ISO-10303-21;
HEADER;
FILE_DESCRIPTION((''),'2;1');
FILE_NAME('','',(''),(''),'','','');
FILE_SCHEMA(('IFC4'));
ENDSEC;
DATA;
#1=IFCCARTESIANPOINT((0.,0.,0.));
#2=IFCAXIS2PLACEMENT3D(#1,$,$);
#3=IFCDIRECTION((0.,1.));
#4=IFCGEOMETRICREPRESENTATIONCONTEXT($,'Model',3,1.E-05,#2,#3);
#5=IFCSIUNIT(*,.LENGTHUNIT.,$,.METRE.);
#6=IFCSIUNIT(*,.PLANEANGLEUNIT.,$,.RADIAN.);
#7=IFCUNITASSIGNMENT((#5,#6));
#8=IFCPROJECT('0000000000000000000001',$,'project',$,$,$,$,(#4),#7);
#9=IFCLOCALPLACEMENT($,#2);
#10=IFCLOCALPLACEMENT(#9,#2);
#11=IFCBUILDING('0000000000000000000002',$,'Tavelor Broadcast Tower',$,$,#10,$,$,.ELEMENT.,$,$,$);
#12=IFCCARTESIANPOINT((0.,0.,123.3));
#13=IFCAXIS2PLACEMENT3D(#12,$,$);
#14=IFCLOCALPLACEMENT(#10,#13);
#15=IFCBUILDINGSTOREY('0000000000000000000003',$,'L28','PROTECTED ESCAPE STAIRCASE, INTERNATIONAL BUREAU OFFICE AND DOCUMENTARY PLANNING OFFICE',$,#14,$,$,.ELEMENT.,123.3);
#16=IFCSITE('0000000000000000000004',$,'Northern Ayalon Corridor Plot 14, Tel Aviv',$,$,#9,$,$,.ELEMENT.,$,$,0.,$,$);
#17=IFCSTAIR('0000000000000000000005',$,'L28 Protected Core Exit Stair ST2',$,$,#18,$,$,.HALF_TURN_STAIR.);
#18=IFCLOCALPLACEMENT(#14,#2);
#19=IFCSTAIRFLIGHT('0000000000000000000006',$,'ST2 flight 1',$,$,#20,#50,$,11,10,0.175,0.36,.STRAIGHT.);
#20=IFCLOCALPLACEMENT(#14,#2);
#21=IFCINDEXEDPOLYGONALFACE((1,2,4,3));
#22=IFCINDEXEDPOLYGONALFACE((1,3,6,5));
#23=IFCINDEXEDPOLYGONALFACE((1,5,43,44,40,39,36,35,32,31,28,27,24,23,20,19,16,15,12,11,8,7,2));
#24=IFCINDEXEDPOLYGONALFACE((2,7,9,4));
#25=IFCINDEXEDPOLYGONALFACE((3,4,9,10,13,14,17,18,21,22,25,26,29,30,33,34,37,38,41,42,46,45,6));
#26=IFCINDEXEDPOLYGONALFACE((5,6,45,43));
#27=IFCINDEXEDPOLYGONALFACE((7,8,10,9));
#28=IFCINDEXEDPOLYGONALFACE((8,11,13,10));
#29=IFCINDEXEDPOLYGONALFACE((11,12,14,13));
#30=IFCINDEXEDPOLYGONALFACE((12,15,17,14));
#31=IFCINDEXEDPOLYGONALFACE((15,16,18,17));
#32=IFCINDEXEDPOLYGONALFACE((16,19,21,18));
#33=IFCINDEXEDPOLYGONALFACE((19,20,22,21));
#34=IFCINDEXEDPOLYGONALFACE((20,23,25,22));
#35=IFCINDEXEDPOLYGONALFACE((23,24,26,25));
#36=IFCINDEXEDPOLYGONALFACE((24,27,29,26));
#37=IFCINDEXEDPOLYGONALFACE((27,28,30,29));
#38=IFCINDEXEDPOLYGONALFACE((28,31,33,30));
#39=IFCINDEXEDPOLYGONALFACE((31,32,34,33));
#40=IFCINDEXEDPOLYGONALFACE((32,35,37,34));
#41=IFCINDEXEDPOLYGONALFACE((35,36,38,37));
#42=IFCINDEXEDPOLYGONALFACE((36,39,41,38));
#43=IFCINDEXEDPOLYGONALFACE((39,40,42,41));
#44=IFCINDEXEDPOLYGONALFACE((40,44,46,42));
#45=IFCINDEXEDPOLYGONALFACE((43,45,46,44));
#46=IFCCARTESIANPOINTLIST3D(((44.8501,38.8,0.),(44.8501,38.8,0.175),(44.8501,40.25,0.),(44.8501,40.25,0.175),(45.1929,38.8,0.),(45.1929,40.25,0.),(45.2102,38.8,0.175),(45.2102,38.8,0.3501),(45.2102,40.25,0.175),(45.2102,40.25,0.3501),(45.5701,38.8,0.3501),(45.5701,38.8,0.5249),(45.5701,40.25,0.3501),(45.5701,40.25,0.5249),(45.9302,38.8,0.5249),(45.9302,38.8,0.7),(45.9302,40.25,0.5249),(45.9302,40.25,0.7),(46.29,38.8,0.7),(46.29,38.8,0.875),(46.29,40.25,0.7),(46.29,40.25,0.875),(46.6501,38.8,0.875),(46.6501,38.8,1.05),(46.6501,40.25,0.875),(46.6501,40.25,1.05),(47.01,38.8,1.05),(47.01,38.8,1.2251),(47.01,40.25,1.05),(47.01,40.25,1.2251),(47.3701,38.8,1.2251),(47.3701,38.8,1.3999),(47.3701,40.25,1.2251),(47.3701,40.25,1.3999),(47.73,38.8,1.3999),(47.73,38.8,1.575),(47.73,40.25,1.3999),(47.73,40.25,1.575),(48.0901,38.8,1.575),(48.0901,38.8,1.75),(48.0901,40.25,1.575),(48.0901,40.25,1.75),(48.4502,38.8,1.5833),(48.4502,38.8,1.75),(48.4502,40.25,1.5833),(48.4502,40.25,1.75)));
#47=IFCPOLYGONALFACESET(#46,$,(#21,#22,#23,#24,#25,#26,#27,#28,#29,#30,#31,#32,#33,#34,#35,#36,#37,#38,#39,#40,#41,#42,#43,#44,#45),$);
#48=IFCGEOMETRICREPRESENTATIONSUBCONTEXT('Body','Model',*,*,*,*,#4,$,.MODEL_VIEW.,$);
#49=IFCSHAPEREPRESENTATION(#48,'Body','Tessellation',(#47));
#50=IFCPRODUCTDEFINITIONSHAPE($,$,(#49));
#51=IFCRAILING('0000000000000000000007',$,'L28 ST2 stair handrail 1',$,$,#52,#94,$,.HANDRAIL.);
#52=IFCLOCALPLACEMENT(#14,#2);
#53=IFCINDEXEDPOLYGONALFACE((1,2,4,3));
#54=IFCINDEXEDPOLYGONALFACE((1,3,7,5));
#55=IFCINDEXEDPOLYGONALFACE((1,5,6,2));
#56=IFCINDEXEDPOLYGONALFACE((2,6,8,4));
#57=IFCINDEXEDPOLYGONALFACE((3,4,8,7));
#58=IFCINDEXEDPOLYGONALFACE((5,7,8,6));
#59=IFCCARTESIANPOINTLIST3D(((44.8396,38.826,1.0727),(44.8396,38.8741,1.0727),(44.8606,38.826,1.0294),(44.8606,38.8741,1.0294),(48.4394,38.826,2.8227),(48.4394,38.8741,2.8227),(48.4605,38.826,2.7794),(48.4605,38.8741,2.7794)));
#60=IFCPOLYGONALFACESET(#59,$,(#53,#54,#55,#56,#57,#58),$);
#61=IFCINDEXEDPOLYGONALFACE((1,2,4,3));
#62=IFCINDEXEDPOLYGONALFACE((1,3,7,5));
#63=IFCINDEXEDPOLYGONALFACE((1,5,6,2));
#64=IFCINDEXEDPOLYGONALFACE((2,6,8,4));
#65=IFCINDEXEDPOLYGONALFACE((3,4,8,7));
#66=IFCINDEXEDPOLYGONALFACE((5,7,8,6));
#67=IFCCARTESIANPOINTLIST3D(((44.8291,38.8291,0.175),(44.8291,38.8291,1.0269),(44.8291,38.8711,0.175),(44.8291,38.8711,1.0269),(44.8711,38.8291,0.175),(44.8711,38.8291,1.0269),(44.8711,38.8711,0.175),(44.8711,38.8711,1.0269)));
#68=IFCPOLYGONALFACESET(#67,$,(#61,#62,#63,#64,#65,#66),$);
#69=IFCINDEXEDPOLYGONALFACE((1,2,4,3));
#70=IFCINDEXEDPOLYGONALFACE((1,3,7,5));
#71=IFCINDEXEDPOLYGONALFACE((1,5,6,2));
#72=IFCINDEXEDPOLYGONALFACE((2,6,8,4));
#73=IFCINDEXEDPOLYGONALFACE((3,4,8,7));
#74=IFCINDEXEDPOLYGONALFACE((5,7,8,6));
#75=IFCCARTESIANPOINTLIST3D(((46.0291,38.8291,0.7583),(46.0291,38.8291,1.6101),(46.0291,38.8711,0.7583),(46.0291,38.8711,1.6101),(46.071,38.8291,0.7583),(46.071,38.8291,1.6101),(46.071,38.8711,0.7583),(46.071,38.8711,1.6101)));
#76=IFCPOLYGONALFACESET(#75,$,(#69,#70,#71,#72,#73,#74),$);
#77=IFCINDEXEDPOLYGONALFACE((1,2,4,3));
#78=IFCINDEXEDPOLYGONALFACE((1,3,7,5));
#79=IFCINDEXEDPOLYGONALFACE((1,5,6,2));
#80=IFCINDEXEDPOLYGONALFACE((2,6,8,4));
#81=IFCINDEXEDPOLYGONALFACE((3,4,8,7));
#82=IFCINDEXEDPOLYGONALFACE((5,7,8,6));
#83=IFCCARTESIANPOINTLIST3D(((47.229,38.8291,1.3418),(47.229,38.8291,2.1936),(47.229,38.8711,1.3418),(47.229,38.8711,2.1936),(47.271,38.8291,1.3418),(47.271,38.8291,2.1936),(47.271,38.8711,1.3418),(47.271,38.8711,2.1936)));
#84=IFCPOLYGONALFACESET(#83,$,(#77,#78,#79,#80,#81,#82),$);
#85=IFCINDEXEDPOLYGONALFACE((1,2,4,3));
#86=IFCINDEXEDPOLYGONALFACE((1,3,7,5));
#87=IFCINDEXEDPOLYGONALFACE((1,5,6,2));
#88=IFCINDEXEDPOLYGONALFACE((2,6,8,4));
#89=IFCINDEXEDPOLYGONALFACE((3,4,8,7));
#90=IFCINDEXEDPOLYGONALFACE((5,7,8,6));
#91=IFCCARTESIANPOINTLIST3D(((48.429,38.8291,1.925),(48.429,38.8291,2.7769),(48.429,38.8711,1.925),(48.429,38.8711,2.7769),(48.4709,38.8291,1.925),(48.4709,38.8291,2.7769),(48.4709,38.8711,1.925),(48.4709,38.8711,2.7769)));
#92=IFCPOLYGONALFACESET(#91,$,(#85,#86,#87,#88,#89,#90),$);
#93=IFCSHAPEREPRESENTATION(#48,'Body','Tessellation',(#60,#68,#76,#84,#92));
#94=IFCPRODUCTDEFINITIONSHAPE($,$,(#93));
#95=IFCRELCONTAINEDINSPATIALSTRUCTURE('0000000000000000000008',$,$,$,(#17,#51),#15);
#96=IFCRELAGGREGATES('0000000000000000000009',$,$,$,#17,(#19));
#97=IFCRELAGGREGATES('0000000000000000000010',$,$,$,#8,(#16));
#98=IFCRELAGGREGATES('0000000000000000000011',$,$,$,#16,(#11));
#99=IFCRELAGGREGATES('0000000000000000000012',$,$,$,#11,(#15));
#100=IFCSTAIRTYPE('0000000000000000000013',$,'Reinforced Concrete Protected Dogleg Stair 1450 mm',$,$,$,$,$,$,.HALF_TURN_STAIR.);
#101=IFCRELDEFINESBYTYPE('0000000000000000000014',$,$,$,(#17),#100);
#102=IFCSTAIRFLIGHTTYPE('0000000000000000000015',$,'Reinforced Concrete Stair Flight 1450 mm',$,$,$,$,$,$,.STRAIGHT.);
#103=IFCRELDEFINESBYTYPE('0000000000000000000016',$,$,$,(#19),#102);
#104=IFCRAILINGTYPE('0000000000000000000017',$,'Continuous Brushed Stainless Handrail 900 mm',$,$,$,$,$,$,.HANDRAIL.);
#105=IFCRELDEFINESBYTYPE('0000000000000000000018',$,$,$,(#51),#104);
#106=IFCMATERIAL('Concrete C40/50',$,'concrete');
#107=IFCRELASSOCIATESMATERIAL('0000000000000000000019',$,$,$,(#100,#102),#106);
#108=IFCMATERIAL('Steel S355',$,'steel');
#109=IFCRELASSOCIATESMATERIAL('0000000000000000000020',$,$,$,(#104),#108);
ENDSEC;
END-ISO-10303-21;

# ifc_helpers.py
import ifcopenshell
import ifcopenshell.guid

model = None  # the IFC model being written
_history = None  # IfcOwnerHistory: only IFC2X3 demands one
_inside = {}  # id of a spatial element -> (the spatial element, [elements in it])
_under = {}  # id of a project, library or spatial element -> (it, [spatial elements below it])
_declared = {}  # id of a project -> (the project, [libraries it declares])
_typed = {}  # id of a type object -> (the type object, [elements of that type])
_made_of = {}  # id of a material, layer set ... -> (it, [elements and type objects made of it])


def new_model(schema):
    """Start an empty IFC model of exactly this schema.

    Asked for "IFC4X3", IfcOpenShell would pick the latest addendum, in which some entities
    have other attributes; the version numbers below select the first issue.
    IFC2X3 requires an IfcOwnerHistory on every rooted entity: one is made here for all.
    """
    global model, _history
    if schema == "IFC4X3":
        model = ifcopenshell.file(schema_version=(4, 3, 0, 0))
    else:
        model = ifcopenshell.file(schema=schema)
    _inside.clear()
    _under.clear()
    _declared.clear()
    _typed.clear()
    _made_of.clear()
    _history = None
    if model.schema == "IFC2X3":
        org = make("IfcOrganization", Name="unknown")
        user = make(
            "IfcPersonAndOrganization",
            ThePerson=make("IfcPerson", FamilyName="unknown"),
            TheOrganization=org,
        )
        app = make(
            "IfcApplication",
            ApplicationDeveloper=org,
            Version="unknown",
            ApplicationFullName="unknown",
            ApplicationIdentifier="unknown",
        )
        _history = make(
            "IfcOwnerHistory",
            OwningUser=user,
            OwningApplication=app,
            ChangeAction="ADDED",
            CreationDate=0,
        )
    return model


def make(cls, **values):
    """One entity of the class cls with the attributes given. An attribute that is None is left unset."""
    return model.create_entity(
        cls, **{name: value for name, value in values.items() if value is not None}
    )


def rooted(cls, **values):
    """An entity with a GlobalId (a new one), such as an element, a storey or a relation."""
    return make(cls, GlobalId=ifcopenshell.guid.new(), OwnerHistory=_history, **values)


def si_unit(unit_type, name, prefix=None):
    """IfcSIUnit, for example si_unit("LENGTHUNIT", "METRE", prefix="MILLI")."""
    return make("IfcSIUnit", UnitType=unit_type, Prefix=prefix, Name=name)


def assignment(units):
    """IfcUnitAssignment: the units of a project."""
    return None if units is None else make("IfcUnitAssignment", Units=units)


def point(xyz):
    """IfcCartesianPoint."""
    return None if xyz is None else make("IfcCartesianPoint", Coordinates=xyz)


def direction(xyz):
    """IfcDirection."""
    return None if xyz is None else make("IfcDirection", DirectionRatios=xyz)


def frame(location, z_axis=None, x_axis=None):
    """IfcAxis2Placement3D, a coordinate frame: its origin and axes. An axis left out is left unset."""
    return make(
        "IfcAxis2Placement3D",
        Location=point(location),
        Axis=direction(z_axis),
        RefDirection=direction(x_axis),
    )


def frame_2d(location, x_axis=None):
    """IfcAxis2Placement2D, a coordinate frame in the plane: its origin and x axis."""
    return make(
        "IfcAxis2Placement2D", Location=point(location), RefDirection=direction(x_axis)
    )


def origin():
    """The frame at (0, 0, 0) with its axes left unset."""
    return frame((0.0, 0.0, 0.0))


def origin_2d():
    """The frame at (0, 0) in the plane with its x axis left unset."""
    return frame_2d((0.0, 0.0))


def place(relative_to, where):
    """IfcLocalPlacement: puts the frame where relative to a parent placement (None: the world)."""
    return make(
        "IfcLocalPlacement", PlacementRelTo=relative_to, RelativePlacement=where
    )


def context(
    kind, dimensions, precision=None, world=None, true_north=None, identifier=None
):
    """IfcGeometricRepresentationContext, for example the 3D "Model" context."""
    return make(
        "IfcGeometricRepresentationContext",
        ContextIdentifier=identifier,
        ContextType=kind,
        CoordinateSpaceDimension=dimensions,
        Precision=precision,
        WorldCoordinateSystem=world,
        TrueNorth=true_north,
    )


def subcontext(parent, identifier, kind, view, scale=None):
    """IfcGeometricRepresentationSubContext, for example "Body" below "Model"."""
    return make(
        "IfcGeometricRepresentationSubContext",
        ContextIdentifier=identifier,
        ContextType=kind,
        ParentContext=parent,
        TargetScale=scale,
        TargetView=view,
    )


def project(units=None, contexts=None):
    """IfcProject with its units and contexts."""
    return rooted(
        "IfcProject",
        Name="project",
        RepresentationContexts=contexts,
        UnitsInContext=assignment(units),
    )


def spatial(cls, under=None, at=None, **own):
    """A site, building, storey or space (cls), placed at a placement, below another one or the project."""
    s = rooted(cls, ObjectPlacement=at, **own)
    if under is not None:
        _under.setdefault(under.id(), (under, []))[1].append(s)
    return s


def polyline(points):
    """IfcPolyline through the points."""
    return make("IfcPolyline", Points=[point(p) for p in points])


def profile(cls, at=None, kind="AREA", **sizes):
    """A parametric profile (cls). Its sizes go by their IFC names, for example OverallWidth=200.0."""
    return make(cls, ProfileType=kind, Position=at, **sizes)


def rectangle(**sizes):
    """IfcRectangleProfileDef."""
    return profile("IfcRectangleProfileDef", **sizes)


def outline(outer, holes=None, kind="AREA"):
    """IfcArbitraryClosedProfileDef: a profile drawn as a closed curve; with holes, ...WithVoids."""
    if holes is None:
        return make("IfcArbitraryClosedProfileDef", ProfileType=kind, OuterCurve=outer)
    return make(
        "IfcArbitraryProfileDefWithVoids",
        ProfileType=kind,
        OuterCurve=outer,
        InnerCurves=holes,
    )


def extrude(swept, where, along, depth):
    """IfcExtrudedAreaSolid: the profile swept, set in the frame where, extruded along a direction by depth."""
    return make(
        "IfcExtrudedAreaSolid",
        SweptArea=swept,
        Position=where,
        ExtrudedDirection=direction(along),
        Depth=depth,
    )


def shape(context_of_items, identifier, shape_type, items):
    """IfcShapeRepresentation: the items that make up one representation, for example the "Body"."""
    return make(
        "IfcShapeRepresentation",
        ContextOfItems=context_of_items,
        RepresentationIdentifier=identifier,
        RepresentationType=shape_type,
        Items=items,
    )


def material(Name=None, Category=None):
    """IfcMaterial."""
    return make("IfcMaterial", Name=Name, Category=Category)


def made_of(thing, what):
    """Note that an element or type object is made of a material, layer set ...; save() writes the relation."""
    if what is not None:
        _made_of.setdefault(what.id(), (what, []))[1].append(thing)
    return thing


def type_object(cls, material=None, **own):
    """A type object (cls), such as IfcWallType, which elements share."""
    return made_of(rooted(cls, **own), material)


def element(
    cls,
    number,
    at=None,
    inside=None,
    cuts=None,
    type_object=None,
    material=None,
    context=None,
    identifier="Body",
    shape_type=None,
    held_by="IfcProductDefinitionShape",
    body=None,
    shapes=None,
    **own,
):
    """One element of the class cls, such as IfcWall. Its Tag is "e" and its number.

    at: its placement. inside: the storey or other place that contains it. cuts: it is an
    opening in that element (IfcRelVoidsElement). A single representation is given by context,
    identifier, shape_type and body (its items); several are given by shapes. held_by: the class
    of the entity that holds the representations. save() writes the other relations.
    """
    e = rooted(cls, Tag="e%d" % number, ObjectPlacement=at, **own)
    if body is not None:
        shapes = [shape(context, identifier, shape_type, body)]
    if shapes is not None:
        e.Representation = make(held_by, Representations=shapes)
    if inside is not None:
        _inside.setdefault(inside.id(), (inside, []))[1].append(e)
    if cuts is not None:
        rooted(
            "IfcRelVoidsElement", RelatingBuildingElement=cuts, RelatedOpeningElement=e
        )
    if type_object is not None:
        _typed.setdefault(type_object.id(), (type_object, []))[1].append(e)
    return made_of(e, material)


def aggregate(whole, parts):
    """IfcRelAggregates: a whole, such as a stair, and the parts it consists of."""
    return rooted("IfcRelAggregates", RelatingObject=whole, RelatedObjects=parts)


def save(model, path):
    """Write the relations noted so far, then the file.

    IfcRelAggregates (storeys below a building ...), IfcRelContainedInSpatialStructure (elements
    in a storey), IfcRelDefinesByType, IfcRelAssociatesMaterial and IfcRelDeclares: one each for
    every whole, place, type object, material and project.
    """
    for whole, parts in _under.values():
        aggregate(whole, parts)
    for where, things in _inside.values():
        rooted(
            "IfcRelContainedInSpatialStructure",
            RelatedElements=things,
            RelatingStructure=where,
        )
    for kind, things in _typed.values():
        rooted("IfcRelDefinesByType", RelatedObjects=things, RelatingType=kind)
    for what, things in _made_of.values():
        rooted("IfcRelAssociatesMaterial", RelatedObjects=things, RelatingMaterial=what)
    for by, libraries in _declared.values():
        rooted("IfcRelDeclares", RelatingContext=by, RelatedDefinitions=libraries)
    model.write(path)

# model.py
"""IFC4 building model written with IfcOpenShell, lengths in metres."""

from ifc_helpers import new_model, si_unit, direction, frame, origin, origin_2d, place, context, subcontext, project, spatial, polyline, rectangle, outline, extrude, material, type_object, element, aggregate, save


model = new_model("IFC4")

# Units and contexts
model_context = context("Model", 3, precision=1e-05, world=origin(), true_north=direction((0.0, 1.0)))
body_context = subcontext(model_context, "Body", "Model", "MODEL_VIEW")
ifc_project = project(units=[si_unit("LENGTHUNIT", "METRE"), si_unit("PLANEANGLEUNIT", "RADIAN")], contexts=[model_context])

# Site, building, storey
site_placement = place(None, origin())
site = spatial("IfcSite", under=ifc_project, at=site_placement, Name="Northern Ayalon Corridor Plot 14, Tel Aviv", CompositionType="ELEMENT", RefElevation=0.0)
building_placement = place(site_placement, origin())
building = spatial("IfcBuilding", under=site, at=building_placement, Name="Tavelor Broadcast Tower", CompositionType="ELEMENT")
storey_placement = place(building_placement, frame((0.0, 0.0, 123.3)))
storey = spatial("IfcBuildingStorey", under=building, at=storey_placement, Name="L28", Description="PROTECTED ESCAPE STAIRCASE, INTERNATIONAL BUREAU OFFICE AND DOCUMENTARY PLANNING OFFICE", CompositionType="ELEMENT", Elevation=123.3)

# Shared definitions
ifc_material_1 = material(Name="Concrete C40/50", Category="concrete")
ifc_material_2 = material(Name="Steel S355", Category="steel")

# Stair, stair flight
stair_type = type_object("IfcStairType", Name="Reinforced Concrete Protected Dogleg Stair 1450 mm", PredefinedType="HALF_TURN_STAIR", material=ifc_material_1)
stair_placement = place(storey_placement, origin())
stair = element("IfcStair", 1, at=stair_placement, inside=storey, type_object=stair_type, Name="L28 Protected Core Exit Stair ST2", PredefinedType="HALF_TURN_STAIR")
stair_flight_type = type_object("IfcStairFlightType", Name="Reinforced Concrete Stair Flight 1450 mm", PredefinedType="STRAIGHT", material=ifc_material_1)
stair_flight_placement = place(storey_placement, frame((44.8501, 39.5249, 0.0), z_axis=(0.0, 0.0, 1.0), x_axis=(1.0, 0.0, 0.0)))
stair_flight = element("IfcStairFlight", 2, at=stair_flight_placement, type_object=stair_flight_type, Name="ST2 flight 1", NumberOfRisers=11, NumberOfTreads=10, PredefinedType="STRAIGHT", RiserHeight=0.175, TreadLength=0.36, context=body_context, shape_type="SweptSolid", body=[
    extrude(outline(polyline([(0.0, 0.0), (0.0, 0.175), (0.3601, 0.175), (0.3601, 0.3501), (0.72, 0.3501), (0.72, 0.5249), (1.0801, 0.5249), (1.0801, 0.7), (1.4399, 0.7), (1.4399, 0.875), (1.8, 0.875), (1.8, 1.05), (2.1599, 1.05), (2.1599, 1.2251), (2.52, 1.2251), (2.52, 1.3999), (2.8799, 1.3999), (2.8799, 1.575), (3.24, 1.575), (3.24, 1.75), (3.6001, 1.75), (3.6001, 1.925), (3.6001, 1.5833), (0.3428, 0.0), (0.0, 0.0)])), frame((0.0, 0.7251, 0.0), z_axis=(0.0, -1.0, 0.0), x_axis=(1.0, 0.0, 0.0)), (0.0, 0.0, 1.0), 1.45),
])
aggregate(stair, [stair_flight])

# Railing
railing_type = type_object("IfcRailingType", Name="Continuous Brushed Stainless Handrail 900 mm", PredefinedType="HANDRAIL", material=ifc_material_2)
railing_placement = place(storey_placement, frame((44.8501, 38.8501, 0.175)))
element("IfcRailing", 3, at=railing_placement, inside=storey, type_object=railing_type, Name="L28 ST2 stair handrail 1", PredefinedType="HANDRAIL", context=body_context, shape_type="SweptSolid", body=[
    extrude(rectangle(XDim=0.0481, YDim=0.0481, at=origin_2d()), frame((0.0, 0.0, 0.876), z_axis=(0.899361, 0.0, 0.437207), x_axis=(0.0, 1.0, 0.0)), (0.0, 0.0, 1.0), 4.0027),
    extrude(rectangle(XDim=0.042, YDim=0.042, at=origin_2d()), origin(), (0.0, 0.0, 1.0), 0.8518),
    extrude(rectangle(XDim=0.042, YDim=0.042, at=origin_2d()), frame((1.2, 0.0, 0.5833)), (0.0, 0.0, 1.0), 0.8518),
    extrude(rectangle(XDim=0.042, YDim=0.042, at=origin_2d()), frame((2.3999, 0.0, 1.1667)), (0.0, 0.0, 1.0), 0.8518),
    extrude(rectangle(XDim=0.042, YDim=0.042, at=origin_2d()), frame((3.5999, 0.0, 1.75)), (0.0, 0.0, 1.0), 0.8518),
])

save(model, "model.ifc")
